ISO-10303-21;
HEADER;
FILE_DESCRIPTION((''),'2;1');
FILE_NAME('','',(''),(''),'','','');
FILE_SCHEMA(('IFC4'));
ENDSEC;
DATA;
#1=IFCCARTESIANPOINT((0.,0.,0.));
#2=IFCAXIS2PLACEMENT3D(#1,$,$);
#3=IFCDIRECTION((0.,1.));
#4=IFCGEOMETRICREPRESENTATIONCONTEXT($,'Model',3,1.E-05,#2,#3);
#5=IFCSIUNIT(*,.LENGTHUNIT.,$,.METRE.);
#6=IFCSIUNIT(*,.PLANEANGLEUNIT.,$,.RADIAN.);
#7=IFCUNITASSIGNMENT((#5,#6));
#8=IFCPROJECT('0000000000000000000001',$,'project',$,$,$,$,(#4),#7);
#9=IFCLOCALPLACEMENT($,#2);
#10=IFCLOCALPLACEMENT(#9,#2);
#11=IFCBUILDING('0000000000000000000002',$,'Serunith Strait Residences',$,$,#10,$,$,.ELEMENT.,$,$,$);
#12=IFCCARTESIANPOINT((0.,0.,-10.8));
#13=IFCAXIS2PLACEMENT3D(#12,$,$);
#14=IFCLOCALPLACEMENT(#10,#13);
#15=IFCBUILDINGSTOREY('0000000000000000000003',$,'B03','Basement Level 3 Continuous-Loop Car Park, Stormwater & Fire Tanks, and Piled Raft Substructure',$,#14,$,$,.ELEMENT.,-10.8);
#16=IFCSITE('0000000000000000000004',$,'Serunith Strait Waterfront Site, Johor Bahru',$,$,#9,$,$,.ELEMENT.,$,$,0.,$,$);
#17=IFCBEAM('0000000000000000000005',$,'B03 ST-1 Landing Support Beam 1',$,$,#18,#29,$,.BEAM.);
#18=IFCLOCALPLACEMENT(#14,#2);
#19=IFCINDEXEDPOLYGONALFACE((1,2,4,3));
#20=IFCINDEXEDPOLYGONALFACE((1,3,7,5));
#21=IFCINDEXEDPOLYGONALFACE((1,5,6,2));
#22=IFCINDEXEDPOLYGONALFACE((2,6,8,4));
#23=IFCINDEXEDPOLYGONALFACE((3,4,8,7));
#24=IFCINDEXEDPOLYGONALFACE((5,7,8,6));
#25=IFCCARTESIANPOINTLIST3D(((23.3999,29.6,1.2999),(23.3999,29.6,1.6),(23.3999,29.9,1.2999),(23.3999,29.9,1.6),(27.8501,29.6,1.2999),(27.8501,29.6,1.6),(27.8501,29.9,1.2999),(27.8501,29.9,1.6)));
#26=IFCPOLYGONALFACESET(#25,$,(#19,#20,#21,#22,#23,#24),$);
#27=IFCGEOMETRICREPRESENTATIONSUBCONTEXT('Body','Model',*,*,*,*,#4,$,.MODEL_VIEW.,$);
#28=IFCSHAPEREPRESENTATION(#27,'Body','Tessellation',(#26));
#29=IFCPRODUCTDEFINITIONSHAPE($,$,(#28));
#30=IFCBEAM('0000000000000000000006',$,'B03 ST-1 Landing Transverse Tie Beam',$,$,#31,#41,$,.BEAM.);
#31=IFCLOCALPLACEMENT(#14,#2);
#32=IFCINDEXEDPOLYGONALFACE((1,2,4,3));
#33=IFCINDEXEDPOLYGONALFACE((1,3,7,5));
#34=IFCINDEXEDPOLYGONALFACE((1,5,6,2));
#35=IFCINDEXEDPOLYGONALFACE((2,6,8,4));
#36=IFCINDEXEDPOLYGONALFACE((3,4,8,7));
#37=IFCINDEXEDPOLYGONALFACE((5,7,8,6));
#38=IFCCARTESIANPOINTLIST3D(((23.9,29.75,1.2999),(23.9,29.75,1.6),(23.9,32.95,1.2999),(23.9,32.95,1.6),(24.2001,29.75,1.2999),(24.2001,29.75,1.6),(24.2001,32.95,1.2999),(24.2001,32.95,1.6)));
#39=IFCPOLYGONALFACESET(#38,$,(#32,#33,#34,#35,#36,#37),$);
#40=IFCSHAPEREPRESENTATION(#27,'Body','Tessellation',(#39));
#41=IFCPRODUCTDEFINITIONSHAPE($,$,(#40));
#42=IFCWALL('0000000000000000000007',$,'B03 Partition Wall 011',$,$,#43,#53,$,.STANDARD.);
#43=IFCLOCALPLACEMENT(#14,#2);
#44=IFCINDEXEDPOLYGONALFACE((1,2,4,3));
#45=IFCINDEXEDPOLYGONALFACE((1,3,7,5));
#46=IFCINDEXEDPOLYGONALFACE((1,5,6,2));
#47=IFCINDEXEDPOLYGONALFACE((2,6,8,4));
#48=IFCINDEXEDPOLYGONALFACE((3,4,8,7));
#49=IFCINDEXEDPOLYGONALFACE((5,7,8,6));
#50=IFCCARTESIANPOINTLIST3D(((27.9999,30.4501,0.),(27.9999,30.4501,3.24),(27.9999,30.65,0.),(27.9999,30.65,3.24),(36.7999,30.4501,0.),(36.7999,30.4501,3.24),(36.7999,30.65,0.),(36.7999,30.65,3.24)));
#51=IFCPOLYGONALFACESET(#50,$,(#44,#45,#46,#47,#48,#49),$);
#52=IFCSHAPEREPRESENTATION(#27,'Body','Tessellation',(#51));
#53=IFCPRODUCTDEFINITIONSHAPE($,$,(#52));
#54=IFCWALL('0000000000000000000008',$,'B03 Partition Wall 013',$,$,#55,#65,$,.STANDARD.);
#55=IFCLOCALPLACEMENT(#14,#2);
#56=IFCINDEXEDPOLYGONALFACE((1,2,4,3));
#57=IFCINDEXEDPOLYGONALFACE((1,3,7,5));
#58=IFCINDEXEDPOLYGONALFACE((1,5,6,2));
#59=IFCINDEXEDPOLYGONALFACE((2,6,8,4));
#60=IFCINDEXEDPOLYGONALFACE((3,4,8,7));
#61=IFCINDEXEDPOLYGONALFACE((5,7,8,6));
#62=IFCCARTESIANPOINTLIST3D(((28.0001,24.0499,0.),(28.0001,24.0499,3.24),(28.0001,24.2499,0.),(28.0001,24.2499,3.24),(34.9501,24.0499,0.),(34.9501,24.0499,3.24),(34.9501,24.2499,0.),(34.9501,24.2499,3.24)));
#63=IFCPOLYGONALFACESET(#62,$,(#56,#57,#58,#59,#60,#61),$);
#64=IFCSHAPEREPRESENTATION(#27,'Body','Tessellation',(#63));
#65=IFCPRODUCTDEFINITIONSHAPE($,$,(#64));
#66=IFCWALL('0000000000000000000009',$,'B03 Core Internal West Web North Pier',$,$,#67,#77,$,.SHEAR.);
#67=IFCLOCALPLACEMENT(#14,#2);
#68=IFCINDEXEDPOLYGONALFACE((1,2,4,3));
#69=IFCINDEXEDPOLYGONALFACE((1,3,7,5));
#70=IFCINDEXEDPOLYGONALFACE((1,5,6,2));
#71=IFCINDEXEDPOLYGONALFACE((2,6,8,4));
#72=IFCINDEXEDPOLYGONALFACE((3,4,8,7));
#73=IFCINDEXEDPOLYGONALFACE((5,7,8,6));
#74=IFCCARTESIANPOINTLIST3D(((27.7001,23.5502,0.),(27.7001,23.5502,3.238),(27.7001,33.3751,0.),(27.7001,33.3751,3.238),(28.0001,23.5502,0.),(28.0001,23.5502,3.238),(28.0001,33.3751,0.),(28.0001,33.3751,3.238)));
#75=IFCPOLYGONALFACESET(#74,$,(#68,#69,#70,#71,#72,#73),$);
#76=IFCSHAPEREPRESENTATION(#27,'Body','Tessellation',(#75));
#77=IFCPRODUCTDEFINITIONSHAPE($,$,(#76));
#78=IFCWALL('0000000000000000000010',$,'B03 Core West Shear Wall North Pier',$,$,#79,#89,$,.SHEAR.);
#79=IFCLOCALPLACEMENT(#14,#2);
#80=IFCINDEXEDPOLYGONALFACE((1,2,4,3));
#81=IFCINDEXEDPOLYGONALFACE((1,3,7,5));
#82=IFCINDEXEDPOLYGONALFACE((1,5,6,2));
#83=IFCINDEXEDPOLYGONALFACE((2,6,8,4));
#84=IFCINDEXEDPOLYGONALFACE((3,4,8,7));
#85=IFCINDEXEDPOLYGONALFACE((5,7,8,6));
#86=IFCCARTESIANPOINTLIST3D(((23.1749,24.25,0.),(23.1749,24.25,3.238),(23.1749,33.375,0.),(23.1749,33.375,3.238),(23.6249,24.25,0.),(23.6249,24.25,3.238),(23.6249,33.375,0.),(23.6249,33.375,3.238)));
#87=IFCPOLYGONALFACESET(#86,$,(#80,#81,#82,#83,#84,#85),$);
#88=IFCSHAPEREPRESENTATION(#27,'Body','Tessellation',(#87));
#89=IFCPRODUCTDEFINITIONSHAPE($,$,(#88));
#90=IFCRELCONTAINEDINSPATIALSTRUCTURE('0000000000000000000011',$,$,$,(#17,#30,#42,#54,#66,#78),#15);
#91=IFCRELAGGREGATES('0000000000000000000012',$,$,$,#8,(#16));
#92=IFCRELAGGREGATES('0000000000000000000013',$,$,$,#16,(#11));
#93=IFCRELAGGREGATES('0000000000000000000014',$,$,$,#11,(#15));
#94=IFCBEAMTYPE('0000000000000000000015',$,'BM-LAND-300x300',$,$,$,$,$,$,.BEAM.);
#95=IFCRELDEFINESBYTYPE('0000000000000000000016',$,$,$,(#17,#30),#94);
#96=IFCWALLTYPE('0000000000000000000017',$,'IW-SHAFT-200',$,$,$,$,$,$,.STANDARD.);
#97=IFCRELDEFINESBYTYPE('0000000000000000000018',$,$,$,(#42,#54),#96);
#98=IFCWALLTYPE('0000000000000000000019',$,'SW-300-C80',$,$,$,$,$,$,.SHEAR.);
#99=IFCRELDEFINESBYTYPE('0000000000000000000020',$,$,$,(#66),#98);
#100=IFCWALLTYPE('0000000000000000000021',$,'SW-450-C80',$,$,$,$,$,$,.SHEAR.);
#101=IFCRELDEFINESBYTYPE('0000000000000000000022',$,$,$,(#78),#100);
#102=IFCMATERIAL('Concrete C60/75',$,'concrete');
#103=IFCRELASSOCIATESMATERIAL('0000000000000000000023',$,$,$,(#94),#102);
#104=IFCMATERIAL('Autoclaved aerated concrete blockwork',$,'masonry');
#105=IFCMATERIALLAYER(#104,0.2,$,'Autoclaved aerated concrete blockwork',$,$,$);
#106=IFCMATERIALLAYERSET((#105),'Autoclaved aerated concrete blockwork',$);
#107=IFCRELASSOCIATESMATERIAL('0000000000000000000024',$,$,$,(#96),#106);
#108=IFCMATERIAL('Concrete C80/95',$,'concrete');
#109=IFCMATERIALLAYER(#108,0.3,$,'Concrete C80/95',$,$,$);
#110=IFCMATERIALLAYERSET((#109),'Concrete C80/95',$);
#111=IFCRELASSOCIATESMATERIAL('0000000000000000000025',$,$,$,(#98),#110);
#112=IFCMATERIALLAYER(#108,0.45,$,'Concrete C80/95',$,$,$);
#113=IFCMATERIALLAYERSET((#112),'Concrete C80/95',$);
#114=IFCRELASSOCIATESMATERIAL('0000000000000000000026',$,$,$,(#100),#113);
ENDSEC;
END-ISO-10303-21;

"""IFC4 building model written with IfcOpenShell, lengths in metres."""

from ifc_helpers import new_model, si_unit, direction, frame, frame_2d, origin, origin_2d, place, context, subcontext, project, spatial, rectangle, extrude, source, transform, mapped, material, layer, layer_set, material_profile, profile_set, type_object, element, save


model = new_model("IFC4")

# Units and contexts
model_context = context("Model", 3, precision=1e-05, world=origin(), true_north=direction((0.0, 1.0)))
body_context = subcontext(model_context, "Body", "Model", "MODEL_VIEW")
ifc_project = project(units=[si_unit("LENGTHUNIT", "METRE"), si_unit("PLANEANGLEUNIT", "RADIAN")], contexts=[model_context])

# Site, building, storey
site_placement = place(None, origin())
site = spatial("IfcSite", under=ifc_project, at=site_placement, Name="Serunith Strait Waterfront Site, Johor Bahru", CompositionType="ELEMENT", RefElevation=0.0)
building_placement = place(site_placement, origin())
building = spatial("IfcBuilding", under=site, at=building_placement, Name="Serunith Strait Residences", CompositionType="ELEMENT")
storey_placement = place(building_placement, frame((0.0, 0.0, -10.8)))
storey = spatial("IfcBuildingStorey", under=building, at=storey_placement, Name="B03", Description="Basement Level 3 Continuous-Loop Car Park, Stormwater & Fire Tanks, and Piled Raft Substructure", CompositionType="ELEMENT", Elevation=-10.8)

# Beams
ifc_material_1 = material(Name="Concrete C60/75", Category="concrete")
ifc_material_profile_1 = material_profile(ifc_material_1, rectangle(XDim=0.3, YDim=0.3, at=origin_2d()), Name="RC 300x300")
ifc_profile_set_1 = profile_set([ifc_material_profile_1], Name="Concrete C60/75")
beam_type = type_object("IfcBeamType", Name="BM-LAND-300x300", PredefinedType="BEAM", material=ifc_profile_set_1)
shared_shape_1 = source(origin(), body_context, "Body", "SweptSolid", [
    extrude(rectangle(XDim=0.3, YDim=0.3, at=origin_2d()), origin(), (0.0, 0.0, 1.0), 4.4502),
])
beam_1_placement = place(storey_placement, frame((23.3999, 29.75, 1.45), z_axis=(1.0, 0.0, 0.0), x_axis=(0.0, 1.0, 0.0)))
element("IfcBeam", 1, at=beam_1_placement, inside=storey, type_object=beam_type, Name="B03 ST-1 Landing Support Beam 1", PredefinedType="BEAM", context=body_context, shape_type="MappedRepresentation", body=[
    mapped(shared_shape_1, transform((0.0, 0.0, 0.0), scale=1.0)),
])
shared_shape_2 = source(origin(), body_context, "Body", "SweptSolid", [
    extrude(rectangle(XDim=0.3, YDim=0.3, at=origin_2d()), origin(), (0.0, 0.0, 1.0), 3.2),
])
beam_2_placement = place(storey_placement, frame((24.05, 29.75, 1.45), z_axis=(0.0, 1.0, 0.0), x_axis=(-1.0, 0.0, 0.0)))
element("IfcBeam", 2, at=beam_2_placement, inside=storey, type_object=beam_type, Name="B03 ST-1 Landing Transverse Tie Beam", PredefinedType="BEAM", context=body_context, shape_type="MappedRepresentation", body=[
    mapped(shared_shape_2, transform((0.0, 0.0, 0.0), scale=1.0)),
])

# Shared definitions
ifc_material_2 = material(Name="Autoclaved aerated concrete blockwork", Category="masonry")
ifc_layer_1 = layer(ifc_material_2, 0.2, Name="Autoclaved aerated concrete blockwork")
ifc_layer_set_1 = layer_set([ifc_layer_1], Name="Autoclaved aerated concrete blockwork")
wall_type_1 = type_object("IfcWallType", Name="IW-SHAFT-200", PredefinedType="STANDARD", material=ifc_layer_set_1)

# Walls
wall_1_placement = place(storey_placement, frame((28.0, 30.55, 0.0), z_axis=(0.0, 0.0, 1.0), x_axis=(1.0, 0.0, 0.0)))
element("IfcWall", 3, at=wall_1_placement, inside=storey, type_object=wall_type_1, Name="B03 Partition Wall 011", PredefinedType="STANDARD", context=body_context, shape_type="SweptSolid", body=[
    extrude(rectangle(XDim=8.8, YDim=0.2, at=frame_2d((4.3999, 0.0))), origin(), (0.0, 0.0, 1.0), 3.24),
])
wall_2_placement = place(storey_placement, frame((28.0, 24.1499, 0.0), z_axis=(0.0, 0.0, 1.0), x_axis=(1.0, 0.0, 0.0)))
element("IfcWall", 4, at=wall_2_placement, inside=storey, type_object=wall_type_1, Name="B03 Partition Wall 013", PredefinedType="STANDARD", context=body_context, shape_type="SweptSolid", body=[
    extrude(rectangle(XDim=6.95, YDim=0.2, at=frame_2d((3.4751, 0.0))), origin(), (0.0, 0.0, 1.0), 3.24),
])
ifc_material_3 = material(Name="Concrete C80/95", Category="concrete")
ifc_layer_2 = layer(ifc_material_3, 0.3, Name="Concrete C80/95")
ifc_layer_set_2 = layer_set([ifc_layer_2], Name="Concrete C80/95")
wall_type_2 = type_object("IfcWallType", Name="SW-300-C80", PredefinedType="SHEAR", material=ifc_layer_set_2)
wall_3_placement = place(storey_placement, frame((27.8501, 23.55, 0.0), z_axis=(0.0, 0.0, 1.0), x_axis=(0.0, 1.0, 0.0)))
element("IfcWall", 5, at=wall_3_placement, inside=storey, type_object=wall_type_2, Name="B03 Core Internal West Web North Pier", PredefinedType="SHEAR", context=body_context, shape_type="SweptSolid", body=[
    extrude(rectangle(XDim=9.825, YDim=0.3, at=frame_2d((4.9126, 0.0))), origin(), (0.0, 0.0, 1.0), 3.238),
])
ifc_layer_3 = layer(ifc_material_3, 0.45, Name="Concrete C80/95")
ifc_layer_set_3 = layer_set([ifc_layer_3], Name="Concrete C80/95")
wall_type_3 = type_object("IfcWallType", Name="SW-450-C80", PredefinedType="SHEAR", material=ifc_layer_set_3)
wall_4_placement = place(storey_placement, frame((23.3999, 24.25, 0.0), z_axis=(0.0, 0.0, 1.0), x_axis=(0.0, 1.0, 0.0)))
element("IfcWall", 6, at=wall_4_placement, inside=storey, type_object=wall_type_3, Name="B03 Core West Shear Wall North Pier", PredefinedType="SHEAR", context=body_context, shape_type="SweptSolid", body=[
    extrude(rectangle(XDim=9.125, YDim=0.45, at=frame_2d((4.5625, 0.0))), origin(), (0.0, 0.0, 1.0), 3.238),
])

save(model, "model.ifc")
